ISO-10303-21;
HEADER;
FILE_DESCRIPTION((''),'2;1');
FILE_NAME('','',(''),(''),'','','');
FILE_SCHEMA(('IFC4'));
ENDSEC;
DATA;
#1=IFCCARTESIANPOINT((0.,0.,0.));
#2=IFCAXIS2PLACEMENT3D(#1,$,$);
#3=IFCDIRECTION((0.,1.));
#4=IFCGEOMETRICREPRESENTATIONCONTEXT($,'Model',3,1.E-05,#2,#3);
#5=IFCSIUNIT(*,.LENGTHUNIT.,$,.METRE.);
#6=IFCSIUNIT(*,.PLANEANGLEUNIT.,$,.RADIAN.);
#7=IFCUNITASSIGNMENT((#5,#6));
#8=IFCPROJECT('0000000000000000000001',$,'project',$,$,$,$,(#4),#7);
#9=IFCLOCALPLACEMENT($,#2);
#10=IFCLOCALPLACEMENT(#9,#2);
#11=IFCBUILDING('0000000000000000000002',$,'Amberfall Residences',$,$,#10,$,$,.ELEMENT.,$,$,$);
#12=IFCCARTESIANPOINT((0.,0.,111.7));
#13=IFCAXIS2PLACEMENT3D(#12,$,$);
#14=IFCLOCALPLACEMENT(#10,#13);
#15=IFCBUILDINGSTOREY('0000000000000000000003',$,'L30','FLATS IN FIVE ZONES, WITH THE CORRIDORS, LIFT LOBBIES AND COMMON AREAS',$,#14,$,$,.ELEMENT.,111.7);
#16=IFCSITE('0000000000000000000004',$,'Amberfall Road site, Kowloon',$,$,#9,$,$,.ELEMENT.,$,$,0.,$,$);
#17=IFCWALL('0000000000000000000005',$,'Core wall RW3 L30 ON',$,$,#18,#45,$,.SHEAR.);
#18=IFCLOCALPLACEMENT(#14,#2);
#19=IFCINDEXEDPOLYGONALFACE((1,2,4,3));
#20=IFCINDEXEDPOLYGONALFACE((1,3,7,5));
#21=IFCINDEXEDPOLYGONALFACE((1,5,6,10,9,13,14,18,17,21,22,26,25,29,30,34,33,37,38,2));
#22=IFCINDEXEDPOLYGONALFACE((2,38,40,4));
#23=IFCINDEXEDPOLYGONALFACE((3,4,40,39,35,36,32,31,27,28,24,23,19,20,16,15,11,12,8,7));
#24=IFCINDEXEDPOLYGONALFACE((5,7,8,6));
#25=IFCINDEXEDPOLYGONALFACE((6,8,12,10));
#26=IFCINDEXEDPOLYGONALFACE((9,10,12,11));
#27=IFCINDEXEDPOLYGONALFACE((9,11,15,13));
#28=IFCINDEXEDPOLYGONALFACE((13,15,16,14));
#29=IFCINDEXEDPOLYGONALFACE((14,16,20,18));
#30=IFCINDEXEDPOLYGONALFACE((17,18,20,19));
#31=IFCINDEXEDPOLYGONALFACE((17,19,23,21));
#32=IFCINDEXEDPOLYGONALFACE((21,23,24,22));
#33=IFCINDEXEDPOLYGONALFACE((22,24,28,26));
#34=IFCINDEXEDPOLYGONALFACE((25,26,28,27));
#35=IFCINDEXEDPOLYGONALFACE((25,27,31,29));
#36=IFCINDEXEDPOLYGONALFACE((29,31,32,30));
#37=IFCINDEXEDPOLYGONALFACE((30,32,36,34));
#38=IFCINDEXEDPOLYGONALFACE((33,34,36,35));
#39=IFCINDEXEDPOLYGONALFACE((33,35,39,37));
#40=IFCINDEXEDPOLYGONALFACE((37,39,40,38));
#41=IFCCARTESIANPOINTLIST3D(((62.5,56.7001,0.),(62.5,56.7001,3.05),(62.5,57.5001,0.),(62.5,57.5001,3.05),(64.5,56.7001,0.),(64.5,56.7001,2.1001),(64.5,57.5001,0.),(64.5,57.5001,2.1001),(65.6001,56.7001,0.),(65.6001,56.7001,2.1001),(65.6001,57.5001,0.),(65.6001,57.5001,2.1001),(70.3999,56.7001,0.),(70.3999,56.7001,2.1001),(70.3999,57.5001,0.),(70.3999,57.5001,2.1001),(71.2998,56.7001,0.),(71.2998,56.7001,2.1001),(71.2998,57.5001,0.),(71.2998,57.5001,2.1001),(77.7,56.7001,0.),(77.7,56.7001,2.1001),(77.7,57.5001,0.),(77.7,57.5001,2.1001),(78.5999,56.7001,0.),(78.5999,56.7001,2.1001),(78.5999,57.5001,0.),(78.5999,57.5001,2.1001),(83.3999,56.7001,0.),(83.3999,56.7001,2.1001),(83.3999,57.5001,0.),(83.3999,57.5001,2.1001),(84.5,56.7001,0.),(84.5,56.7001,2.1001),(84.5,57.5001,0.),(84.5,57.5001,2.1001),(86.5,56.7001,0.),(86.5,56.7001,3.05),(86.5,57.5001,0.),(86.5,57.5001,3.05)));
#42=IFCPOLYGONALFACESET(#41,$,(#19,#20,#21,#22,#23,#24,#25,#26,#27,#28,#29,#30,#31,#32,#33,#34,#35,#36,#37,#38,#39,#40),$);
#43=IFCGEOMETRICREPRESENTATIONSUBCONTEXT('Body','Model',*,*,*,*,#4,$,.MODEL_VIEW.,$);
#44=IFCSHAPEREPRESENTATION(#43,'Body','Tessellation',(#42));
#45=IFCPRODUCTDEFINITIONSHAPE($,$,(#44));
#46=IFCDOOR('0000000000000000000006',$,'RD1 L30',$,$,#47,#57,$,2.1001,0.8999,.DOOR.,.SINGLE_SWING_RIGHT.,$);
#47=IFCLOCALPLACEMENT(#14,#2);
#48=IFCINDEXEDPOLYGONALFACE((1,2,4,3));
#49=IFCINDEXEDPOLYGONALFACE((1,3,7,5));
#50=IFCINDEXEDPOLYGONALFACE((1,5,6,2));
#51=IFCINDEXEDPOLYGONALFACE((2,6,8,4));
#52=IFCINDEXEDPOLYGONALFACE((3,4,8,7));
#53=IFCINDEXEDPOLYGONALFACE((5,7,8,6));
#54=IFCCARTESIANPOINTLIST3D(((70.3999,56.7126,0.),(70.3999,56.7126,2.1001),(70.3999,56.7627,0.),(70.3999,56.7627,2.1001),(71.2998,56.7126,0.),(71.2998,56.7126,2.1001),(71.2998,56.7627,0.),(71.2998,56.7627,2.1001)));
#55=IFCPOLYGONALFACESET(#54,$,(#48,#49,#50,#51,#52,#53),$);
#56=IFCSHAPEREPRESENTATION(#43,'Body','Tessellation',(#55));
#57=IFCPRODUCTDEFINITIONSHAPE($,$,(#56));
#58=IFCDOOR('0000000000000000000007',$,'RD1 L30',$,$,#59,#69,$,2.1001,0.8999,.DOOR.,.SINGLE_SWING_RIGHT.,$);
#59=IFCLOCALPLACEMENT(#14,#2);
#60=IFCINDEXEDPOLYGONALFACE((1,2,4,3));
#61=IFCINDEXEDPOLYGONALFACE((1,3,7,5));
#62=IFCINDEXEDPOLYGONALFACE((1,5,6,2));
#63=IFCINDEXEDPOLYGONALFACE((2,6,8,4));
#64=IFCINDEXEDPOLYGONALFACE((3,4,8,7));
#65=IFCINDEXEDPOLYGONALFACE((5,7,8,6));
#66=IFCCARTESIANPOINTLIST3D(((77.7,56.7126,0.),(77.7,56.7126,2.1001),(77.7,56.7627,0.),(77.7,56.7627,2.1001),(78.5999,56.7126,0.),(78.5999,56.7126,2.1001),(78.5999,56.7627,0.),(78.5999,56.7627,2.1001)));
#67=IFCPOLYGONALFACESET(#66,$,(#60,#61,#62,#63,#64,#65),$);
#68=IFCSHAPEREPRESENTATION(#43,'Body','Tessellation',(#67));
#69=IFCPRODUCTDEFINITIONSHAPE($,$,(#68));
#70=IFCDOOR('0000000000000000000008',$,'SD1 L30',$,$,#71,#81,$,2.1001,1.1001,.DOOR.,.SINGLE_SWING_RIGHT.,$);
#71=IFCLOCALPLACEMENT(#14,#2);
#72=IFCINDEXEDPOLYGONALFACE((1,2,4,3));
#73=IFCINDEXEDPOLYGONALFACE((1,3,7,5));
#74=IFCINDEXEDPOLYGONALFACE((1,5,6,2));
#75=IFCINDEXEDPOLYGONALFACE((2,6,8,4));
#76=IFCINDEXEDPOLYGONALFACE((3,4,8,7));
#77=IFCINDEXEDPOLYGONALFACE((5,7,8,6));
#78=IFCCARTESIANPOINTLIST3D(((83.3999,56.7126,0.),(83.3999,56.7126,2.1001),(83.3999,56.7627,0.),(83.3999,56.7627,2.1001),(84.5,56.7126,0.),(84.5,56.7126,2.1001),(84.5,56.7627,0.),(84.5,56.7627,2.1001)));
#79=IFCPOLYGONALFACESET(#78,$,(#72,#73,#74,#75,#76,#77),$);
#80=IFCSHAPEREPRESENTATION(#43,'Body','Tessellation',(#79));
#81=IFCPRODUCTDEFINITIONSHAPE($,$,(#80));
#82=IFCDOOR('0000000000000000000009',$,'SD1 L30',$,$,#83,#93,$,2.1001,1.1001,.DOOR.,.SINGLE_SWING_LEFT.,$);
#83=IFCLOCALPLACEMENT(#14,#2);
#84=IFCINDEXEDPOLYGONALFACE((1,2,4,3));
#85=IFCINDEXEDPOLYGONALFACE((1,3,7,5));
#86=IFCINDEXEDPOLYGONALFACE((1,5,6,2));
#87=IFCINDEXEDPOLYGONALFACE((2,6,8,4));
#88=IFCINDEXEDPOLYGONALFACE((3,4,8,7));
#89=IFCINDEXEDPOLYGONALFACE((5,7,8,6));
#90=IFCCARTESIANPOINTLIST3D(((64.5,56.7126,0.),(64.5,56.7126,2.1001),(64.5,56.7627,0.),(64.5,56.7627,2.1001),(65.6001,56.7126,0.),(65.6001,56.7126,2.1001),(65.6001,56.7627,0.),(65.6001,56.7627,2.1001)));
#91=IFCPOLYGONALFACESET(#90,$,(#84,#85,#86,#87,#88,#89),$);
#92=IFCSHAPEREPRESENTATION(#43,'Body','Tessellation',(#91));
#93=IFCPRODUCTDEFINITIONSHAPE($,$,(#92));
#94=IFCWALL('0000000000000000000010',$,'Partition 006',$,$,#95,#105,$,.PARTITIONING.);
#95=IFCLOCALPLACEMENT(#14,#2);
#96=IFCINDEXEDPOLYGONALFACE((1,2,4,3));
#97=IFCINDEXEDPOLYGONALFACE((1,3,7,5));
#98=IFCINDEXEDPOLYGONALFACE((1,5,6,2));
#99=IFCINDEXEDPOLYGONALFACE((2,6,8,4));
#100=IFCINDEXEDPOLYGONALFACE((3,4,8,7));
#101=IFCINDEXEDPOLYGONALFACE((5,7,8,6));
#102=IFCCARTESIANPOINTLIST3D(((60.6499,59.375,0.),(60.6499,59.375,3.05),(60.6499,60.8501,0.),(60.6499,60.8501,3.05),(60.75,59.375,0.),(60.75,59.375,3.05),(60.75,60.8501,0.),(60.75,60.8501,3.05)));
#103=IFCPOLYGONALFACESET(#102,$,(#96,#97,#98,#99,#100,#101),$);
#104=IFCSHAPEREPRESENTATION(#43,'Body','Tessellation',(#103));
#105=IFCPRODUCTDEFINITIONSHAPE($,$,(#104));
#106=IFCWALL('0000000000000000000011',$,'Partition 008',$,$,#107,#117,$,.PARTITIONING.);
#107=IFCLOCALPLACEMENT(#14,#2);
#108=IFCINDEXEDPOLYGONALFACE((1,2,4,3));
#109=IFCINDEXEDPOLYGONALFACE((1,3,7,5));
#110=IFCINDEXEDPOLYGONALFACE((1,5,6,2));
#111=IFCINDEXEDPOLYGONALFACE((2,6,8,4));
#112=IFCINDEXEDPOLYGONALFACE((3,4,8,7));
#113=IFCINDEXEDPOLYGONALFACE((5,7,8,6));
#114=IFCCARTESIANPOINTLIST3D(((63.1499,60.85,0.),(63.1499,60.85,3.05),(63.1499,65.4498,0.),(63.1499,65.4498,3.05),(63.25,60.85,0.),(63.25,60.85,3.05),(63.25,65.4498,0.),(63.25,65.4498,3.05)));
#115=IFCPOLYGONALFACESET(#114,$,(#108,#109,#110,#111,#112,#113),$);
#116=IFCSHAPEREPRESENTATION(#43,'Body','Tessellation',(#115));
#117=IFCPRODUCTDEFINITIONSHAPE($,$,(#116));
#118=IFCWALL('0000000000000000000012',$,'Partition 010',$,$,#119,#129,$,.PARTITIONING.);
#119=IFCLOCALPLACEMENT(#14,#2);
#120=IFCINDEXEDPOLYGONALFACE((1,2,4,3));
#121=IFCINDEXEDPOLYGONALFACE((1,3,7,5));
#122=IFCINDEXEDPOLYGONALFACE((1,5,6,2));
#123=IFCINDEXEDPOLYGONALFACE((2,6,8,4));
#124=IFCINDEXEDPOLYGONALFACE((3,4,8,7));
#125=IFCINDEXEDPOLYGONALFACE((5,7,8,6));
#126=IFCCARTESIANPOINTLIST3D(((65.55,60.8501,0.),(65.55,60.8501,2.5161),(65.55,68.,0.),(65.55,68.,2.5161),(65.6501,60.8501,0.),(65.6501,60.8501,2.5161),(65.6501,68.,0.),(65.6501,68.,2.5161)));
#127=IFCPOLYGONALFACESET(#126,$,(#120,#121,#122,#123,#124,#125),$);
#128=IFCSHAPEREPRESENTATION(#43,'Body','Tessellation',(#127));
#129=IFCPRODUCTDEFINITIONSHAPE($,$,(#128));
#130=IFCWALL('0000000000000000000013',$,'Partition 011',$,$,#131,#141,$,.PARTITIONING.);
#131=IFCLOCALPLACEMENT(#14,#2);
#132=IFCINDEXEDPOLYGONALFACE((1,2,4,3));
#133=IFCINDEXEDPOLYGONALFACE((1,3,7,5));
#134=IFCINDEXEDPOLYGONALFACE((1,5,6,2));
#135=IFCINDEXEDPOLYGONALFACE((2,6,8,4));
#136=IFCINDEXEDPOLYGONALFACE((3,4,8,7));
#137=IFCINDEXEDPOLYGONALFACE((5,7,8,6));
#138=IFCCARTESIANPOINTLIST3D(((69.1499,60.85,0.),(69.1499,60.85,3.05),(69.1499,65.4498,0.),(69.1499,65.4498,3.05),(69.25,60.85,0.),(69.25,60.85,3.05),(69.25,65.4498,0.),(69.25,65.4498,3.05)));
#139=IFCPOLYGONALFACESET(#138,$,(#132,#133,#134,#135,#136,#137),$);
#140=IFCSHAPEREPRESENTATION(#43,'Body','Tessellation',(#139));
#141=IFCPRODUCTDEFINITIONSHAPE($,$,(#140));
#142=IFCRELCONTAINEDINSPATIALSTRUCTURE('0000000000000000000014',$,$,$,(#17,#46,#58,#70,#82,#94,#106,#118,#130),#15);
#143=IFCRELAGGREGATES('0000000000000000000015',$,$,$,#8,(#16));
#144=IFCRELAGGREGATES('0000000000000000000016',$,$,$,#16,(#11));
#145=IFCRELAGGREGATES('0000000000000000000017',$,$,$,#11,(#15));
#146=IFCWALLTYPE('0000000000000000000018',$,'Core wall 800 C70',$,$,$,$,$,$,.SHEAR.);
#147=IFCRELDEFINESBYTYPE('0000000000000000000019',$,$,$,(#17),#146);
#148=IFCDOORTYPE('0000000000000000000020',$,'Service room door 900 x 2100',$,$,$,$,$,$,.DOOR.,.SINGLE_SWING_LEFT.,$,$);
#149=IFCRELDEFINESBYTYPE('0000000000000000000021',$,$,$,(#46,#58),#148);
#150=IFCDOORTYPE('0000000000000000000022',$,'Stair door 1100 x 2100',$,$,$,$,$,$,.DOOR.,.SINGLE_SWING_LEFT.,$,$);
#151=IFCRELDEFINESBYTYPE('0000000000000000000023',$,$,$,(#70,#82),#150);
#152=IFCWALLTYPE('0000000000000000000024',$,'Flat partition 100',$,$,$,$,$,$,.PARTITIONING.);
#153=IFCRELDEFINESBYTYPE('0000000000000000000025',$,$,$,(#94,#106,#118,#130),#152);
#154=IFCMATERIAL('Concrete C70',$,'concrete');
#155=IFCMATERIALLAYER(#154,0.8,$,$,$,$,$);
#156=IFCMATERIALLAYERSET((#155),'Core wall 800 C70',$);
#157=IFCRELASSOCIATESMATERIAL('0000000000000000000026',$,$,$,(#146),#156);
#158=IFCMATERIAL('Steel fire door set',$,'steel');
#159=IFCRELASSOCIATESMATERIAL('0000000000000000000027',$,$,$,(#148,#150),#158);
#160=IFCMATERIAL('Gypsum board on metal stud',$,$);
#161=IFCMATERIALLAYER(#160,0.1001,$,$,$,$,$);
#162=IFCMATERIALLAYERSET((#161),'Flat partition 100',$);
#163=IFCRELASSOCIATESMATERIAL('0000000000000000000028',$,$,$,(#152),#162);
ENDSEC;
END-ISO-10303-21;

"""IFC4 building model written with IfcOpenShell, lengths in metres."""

from ifc_helpers import new_model, si_unit, direction, frame, frame_2d, origin, place, context, subcontext, project, spatial, rectangle, extrude, material, layer, layer_set, type_object, element, fill, save


model = new_model("IFC4")

# Units and contexts
model_context = context("Model", 3, precision=1e-05, world=origin(), true_north=direction((0.0, 1.0)))
body_context = subcontext(model_context, "Body", "Model", "MODEL_VIEW")
ifc_project = project(units=[si_unit("LENGTHUNIT", "METRE"), si_unit("PLANEANGLEUNIT", "RADIAN")], contexts=[model_context])

# Site, building, storey
site_placement = place(None, origin())
site = spatial("IfcSite", under=ifc_project, at=site_placement, Name="Amberfall Road site, Kowloon", CompositionType="ELEMENT", RefElevation=0.0)
building_placement = place(site_placement, origin())
building = spatial("IfcBuilding", under=site, at=building_placement, Name="Amberfall Residences", CompositionType="ELEMENT")
storey_placement = place(building_placement, frame((0.0, 0.0, 111.7)))
storey = spatial("IfcBuildingStorey", under=building, at=storey_placement, Name="L30", Description="FLATS IN FIVE ZONES, WITH THE CORRIDORS, LIFT LOBBIES AND COMMON AREAS", CompositionType="ELEMENT", Elevation=111.7)

# Wall, openings, doors
ifc_material_1 = material(Name="Concrete C70", Category="concrete")
ifc_layer_1 = layer(ifc_material_1, 0.8)
ifc_layer_set_1 = layer_set([ifc_layer_1], Name="Core wall 800 C70")
wall_type_1 = type_object("IfcWallType", Name="Core wall 800 C70", PredefinedType="SHEAR", material=ifc_layer_set_1)
wall_1_placement = place(storey_placement, frame((62.5, 57.1001, 0.0), z_axis=(0.0, 0.0, 1.0), x_axis=(1.0, 0.0, 0.0)))
wall_1 = element("IfcWall", 1, at=wall_1_placement, inside=storey, type_object=wall_type_1, Name="Core wall RW3 L30 ON", PredefinedType="SHEAR", context=body_context, shape_type="SweptSolid", body=[
    extrude(rectangle(XDim=24.0, YDim=0.8, at=frame_2d((12.0, 0.0))), origin(), (0.0, 0.0, 1.0), 3.05),
])
opening_1_placement = place(wall_1_placement, frame((20.8999, 0.0, 0.0)))
opening_1 = element("IfcOpeningElement", 2, at=opening_1_placement, cuts=wall_1, PredefinedType="OPENING", context=body_context, shape_type="SweptSolid", body=[
    extrude(rectangle(XDim=1.1001, YDim=2.1001, at=frame_2d((0.55, 1.05))), frame((0.0, 0.4099, 0.0), z_axis=(0.0, -1.0, 0.0), x_axis=(1.0, 0.0, 0.0)), (0.0, 0.0, 1.0), 0.8201),
])
opening_2_placement = place(wall_1_placement, frame((2.0, 0.0, 0.0)))
opening_2 = element("IfcOpeningElement", 3, at=opening_2_placement, cuts=wall_1, PredefinedType="OPENING", context=body_context, shape_type="SweptSolid", body=[
    extrude(rectangle(XDim=1.1001, YDim=2.1001, at=frame_2d((0.55, 1.05))), frame((0.0, 0.4099, 0.0), z_axis=(0.0, -1.0, 0.0), x_axis=(1.0, 0.0, 0.0)), (0.0, 0.0, 1.0), 0.8201),
])
opening_3_placement = place(wall_1_placement, frame((7.8999, 0.0, 0.0)))
opening_3 = element("IfcOpeningElement", 4, at=opening_3_placement, cuts=wall_1, PredefinedType="OPENING", context=body_context, shape_type="SweptSolid", body=[
    extrude(rectangle(XDim=0.8999, YDim=2.1001, at=frame_2d((0.45, 1.05))), frame((0.0, 0.4099, 0.0), z_axis=(0.0, -1.0, 0.0), x_axis=(1.0, 0.0, 0.0)), (0.0, 0.0, 1.0), 0.8201),
])
opening_4_placement = place(wall_1_placement, frame((15.2, 0.0, 0.0)))
opening_4 = element("IfcOpeningElement", 5, at=opening_4_placement, cuts=wall_1, PredefinedType="OPENING", context=body_context, shape_type="SweptSolid", body=[
    extrude(rectangle(XDim=0.8999, YDim=2.1001, at=frame_2d((0.45, 1.05))), frame((0.0, 0.4099, 0.0), z_axis=(0.0, -1.0, 0.0), x_axis=(1.0, 0.0, 0.0)), (0.0, 0.0, 1.0), 0.8201),
])
ifc_material_2 = material(Name="Steel fire door set", Category="steel")
door_type_1 = type_object("IfcDoorType", Name="Service room door 900 x 2100", OperationType="SINGLE_SWING_LEFT", PredefinedType="DOOR", material=ifc_material_2)
door_1_placement = place(opening_3_placement, origin())
door_1 = element("IfcDoor", 6, at=door_1_placement, inside=storey, type_object=door_type_1, Name="RD1 L30", OperationType="SINGLE_SWING_RIGHT", OverallHeight=2.1001, OverallWidth=0.8999, PredefinedType="DOOR", context=body_context, shape_type="SweptSolid", body=[
    extrude(rectangle(XDim=0.8999, YDim=2.1001, at=frame_2d((0.45, 1.05))), frame((0.0, -0.3374, 0.0), z_axis=(0.0, -1.0, 0.0), x_axis=(1.0, 0.0, 0.0)), (0.0, 0.0, 1.0), 0.05),
])
fill(opening_3, door_1)
door_2_placement = place(opening_4_placement, origin())
door_2 = element("IfcDoor", 7, at=door_2_placement, inside=storey, type_object=door_type_1, Name="RD1 L30", OperationType="SINGLE_SWING_RIGHT", OverallHeight=2.1001, OverallWidth=0.8999, PredefinedType="DOOR", context=body_context, shape_type="SweptSolid", body=[
    extrude(rectangle(XDim=0.8999, YDim=2.1001, at=frame_2d((0.45, 1.05))), frame((0.0, -0.3374, 0.0), z_axis=(0.0, -1.0, 0.0), x_axis=(1.0, 0.0, 0.0)), (0.0, 0.0, 1.0), 0.05),
])
fill(opening_4, door_2)
door_type_2 = type_object("IfcDoorType", Name="Stair door 1100 x 2100", OperationType="SINGLE_SWING_LEFT", PredefinedType="DOOR", material=ifc_material_2)
door_3_placement = place(opening_1_placement, origin())
door_3 = element("IfcDoor", 8, at=door_3_placement, inside=storey, type_object=door_type_2, Name="SD1 L30", OperationType="SINGLE_SWING_RIGHT", OverallHeight=2.1001, OverallWidth=1.1001, PredefinedType="DOOR", context=body_context, shape_type="SweptSolid", body=[
    extrude(rectangle(XDim=1.1001, YDim=2.1001, at=frame_2d((0.55, 1.05))), frame((0.0, -0.3374, 0.0), z_axis=(0.0, -1.0, 0.0), x_axis=(1.0, 0.0, 0.0)), (0.0, 0.0, 1.0), 0.05),
])
fill(opening_1, door_3)
door_4_placement = place(opening_2_placement, origin())
door_4 = element("IfcDoor", 9, at=door_4_placement, inside=storey, type_object=door_type_2, Name="SD1 L30", OperationType="SINGLE_SWING_LEFT", OverallHeight=2.1001, OverallWidth=1.1001, PredefinedType="DOOR", context=body_context, shape_type="SweptSolid", body=[
    extrude(rectangle(XDim=1.1001, YDim=2.1001, at=frame_2d((0.55, 1.05))), frame((0.0, -0.3374, 0.0), z_axis=(0.0, -1.0, 0.0), x_axis=(1.0, 0.0, 0.0)), (0.0, 0.0, 1.0), 0.05),
])
fill(opening_2, door_4)

# Walls
ifc_material_3 = material(Name="Gypsum board on metal stud")
ifc_layer_2 = layer(ifc_material_3, 0.1001)
ifc_layer_set_2 = layer_set([ifc_layer_2], Name="Flat partition 100")
wall_type_2 = type_object("IfcWallType", Name="Flat partition 100", PredefinedType="PARTITIONING", material=ifc_layer_set_2)
wall_2_placement = place(storey_placement, frame((60.7, 59.375, 0.0), z_axis=(0.0, 0.0, 1.0), x_axis=(0.0, 1.0, 0.0)))
element("IfcWall", 10, at=wall_2_placement, inside=storey, type_object=wall_type_2, Name="Partition 006", PredefinedType="PARTITIONING", context=body_context, shape_type="SweptSolid", body=[
    extrude(rectangle(XDim=1.4751, YDim=0.1001, at=frame_2d((0.7375, 0.0))), origin(), (0.0, 0.0, 1.0), 3.05),
])
wall_3_placement = place(storey_placement, frame((63.2, 60.8501, 0.0), z_axis=(0.0, 0.0, 1.0), x_axis=(0.0, 1.0, 0.0)))
element("IfcWall", 11, at=wall_3_placement, inside=storey, type_object=wall_type_2, Name="Partition 008", PredefinedType="PARTITIONING", context=body_context, shape_type="SweptSolid", body=[
    extrude(rectangle(XDim=4.5999, YDim=0.1001, at=frame_2d((2.2998, 0.0))), origin(), (0.0, 0.0, 1.0), 3.05),
])
wall_4_placement = place(storey_placement, frame((65.6001, 60.8501, 0.0), z_axis=(0.0, 0.0, 1.0), x_axis=(0.0, 1.0, 0.0)))
element("IfcWall", 12, at=wall_4_placement, inside=storey, type_object=wall_type_2, Name="Partition 010", PredefinedType="PARTITIONING", context=body_context, shape_type="SweptSolid", body=[
    extrude(rectangle(XDim=7.1499, YDim=0.1001, at=frame_2d((3.575, 0.0))), origin(), (0.0, 0.0, 1.0), 2.5161),
])
wall_5_placement = place(storey_placement, frame((69.2, 60.8501, 0.0), z_axis=(0.0, 0.0, 1.0), x_axis=(0.0, 1.0, 0.0)))
element("IfcWall", 13, at=wall_5_placement, inside=storey, type_object=wall_type_2, Name="Partition 011", PredefinedType="PARTITIONING", context=body_context, shape_type="SweptSolid", body=[
    extrude(rectangle(XDim=4.5999, YDim=0.1001, at=frame_2d((2.2998, 0.0))), origin(), (0.0, 0.0, 1.0), 3.05),
])

save(model, "model.ifc")
